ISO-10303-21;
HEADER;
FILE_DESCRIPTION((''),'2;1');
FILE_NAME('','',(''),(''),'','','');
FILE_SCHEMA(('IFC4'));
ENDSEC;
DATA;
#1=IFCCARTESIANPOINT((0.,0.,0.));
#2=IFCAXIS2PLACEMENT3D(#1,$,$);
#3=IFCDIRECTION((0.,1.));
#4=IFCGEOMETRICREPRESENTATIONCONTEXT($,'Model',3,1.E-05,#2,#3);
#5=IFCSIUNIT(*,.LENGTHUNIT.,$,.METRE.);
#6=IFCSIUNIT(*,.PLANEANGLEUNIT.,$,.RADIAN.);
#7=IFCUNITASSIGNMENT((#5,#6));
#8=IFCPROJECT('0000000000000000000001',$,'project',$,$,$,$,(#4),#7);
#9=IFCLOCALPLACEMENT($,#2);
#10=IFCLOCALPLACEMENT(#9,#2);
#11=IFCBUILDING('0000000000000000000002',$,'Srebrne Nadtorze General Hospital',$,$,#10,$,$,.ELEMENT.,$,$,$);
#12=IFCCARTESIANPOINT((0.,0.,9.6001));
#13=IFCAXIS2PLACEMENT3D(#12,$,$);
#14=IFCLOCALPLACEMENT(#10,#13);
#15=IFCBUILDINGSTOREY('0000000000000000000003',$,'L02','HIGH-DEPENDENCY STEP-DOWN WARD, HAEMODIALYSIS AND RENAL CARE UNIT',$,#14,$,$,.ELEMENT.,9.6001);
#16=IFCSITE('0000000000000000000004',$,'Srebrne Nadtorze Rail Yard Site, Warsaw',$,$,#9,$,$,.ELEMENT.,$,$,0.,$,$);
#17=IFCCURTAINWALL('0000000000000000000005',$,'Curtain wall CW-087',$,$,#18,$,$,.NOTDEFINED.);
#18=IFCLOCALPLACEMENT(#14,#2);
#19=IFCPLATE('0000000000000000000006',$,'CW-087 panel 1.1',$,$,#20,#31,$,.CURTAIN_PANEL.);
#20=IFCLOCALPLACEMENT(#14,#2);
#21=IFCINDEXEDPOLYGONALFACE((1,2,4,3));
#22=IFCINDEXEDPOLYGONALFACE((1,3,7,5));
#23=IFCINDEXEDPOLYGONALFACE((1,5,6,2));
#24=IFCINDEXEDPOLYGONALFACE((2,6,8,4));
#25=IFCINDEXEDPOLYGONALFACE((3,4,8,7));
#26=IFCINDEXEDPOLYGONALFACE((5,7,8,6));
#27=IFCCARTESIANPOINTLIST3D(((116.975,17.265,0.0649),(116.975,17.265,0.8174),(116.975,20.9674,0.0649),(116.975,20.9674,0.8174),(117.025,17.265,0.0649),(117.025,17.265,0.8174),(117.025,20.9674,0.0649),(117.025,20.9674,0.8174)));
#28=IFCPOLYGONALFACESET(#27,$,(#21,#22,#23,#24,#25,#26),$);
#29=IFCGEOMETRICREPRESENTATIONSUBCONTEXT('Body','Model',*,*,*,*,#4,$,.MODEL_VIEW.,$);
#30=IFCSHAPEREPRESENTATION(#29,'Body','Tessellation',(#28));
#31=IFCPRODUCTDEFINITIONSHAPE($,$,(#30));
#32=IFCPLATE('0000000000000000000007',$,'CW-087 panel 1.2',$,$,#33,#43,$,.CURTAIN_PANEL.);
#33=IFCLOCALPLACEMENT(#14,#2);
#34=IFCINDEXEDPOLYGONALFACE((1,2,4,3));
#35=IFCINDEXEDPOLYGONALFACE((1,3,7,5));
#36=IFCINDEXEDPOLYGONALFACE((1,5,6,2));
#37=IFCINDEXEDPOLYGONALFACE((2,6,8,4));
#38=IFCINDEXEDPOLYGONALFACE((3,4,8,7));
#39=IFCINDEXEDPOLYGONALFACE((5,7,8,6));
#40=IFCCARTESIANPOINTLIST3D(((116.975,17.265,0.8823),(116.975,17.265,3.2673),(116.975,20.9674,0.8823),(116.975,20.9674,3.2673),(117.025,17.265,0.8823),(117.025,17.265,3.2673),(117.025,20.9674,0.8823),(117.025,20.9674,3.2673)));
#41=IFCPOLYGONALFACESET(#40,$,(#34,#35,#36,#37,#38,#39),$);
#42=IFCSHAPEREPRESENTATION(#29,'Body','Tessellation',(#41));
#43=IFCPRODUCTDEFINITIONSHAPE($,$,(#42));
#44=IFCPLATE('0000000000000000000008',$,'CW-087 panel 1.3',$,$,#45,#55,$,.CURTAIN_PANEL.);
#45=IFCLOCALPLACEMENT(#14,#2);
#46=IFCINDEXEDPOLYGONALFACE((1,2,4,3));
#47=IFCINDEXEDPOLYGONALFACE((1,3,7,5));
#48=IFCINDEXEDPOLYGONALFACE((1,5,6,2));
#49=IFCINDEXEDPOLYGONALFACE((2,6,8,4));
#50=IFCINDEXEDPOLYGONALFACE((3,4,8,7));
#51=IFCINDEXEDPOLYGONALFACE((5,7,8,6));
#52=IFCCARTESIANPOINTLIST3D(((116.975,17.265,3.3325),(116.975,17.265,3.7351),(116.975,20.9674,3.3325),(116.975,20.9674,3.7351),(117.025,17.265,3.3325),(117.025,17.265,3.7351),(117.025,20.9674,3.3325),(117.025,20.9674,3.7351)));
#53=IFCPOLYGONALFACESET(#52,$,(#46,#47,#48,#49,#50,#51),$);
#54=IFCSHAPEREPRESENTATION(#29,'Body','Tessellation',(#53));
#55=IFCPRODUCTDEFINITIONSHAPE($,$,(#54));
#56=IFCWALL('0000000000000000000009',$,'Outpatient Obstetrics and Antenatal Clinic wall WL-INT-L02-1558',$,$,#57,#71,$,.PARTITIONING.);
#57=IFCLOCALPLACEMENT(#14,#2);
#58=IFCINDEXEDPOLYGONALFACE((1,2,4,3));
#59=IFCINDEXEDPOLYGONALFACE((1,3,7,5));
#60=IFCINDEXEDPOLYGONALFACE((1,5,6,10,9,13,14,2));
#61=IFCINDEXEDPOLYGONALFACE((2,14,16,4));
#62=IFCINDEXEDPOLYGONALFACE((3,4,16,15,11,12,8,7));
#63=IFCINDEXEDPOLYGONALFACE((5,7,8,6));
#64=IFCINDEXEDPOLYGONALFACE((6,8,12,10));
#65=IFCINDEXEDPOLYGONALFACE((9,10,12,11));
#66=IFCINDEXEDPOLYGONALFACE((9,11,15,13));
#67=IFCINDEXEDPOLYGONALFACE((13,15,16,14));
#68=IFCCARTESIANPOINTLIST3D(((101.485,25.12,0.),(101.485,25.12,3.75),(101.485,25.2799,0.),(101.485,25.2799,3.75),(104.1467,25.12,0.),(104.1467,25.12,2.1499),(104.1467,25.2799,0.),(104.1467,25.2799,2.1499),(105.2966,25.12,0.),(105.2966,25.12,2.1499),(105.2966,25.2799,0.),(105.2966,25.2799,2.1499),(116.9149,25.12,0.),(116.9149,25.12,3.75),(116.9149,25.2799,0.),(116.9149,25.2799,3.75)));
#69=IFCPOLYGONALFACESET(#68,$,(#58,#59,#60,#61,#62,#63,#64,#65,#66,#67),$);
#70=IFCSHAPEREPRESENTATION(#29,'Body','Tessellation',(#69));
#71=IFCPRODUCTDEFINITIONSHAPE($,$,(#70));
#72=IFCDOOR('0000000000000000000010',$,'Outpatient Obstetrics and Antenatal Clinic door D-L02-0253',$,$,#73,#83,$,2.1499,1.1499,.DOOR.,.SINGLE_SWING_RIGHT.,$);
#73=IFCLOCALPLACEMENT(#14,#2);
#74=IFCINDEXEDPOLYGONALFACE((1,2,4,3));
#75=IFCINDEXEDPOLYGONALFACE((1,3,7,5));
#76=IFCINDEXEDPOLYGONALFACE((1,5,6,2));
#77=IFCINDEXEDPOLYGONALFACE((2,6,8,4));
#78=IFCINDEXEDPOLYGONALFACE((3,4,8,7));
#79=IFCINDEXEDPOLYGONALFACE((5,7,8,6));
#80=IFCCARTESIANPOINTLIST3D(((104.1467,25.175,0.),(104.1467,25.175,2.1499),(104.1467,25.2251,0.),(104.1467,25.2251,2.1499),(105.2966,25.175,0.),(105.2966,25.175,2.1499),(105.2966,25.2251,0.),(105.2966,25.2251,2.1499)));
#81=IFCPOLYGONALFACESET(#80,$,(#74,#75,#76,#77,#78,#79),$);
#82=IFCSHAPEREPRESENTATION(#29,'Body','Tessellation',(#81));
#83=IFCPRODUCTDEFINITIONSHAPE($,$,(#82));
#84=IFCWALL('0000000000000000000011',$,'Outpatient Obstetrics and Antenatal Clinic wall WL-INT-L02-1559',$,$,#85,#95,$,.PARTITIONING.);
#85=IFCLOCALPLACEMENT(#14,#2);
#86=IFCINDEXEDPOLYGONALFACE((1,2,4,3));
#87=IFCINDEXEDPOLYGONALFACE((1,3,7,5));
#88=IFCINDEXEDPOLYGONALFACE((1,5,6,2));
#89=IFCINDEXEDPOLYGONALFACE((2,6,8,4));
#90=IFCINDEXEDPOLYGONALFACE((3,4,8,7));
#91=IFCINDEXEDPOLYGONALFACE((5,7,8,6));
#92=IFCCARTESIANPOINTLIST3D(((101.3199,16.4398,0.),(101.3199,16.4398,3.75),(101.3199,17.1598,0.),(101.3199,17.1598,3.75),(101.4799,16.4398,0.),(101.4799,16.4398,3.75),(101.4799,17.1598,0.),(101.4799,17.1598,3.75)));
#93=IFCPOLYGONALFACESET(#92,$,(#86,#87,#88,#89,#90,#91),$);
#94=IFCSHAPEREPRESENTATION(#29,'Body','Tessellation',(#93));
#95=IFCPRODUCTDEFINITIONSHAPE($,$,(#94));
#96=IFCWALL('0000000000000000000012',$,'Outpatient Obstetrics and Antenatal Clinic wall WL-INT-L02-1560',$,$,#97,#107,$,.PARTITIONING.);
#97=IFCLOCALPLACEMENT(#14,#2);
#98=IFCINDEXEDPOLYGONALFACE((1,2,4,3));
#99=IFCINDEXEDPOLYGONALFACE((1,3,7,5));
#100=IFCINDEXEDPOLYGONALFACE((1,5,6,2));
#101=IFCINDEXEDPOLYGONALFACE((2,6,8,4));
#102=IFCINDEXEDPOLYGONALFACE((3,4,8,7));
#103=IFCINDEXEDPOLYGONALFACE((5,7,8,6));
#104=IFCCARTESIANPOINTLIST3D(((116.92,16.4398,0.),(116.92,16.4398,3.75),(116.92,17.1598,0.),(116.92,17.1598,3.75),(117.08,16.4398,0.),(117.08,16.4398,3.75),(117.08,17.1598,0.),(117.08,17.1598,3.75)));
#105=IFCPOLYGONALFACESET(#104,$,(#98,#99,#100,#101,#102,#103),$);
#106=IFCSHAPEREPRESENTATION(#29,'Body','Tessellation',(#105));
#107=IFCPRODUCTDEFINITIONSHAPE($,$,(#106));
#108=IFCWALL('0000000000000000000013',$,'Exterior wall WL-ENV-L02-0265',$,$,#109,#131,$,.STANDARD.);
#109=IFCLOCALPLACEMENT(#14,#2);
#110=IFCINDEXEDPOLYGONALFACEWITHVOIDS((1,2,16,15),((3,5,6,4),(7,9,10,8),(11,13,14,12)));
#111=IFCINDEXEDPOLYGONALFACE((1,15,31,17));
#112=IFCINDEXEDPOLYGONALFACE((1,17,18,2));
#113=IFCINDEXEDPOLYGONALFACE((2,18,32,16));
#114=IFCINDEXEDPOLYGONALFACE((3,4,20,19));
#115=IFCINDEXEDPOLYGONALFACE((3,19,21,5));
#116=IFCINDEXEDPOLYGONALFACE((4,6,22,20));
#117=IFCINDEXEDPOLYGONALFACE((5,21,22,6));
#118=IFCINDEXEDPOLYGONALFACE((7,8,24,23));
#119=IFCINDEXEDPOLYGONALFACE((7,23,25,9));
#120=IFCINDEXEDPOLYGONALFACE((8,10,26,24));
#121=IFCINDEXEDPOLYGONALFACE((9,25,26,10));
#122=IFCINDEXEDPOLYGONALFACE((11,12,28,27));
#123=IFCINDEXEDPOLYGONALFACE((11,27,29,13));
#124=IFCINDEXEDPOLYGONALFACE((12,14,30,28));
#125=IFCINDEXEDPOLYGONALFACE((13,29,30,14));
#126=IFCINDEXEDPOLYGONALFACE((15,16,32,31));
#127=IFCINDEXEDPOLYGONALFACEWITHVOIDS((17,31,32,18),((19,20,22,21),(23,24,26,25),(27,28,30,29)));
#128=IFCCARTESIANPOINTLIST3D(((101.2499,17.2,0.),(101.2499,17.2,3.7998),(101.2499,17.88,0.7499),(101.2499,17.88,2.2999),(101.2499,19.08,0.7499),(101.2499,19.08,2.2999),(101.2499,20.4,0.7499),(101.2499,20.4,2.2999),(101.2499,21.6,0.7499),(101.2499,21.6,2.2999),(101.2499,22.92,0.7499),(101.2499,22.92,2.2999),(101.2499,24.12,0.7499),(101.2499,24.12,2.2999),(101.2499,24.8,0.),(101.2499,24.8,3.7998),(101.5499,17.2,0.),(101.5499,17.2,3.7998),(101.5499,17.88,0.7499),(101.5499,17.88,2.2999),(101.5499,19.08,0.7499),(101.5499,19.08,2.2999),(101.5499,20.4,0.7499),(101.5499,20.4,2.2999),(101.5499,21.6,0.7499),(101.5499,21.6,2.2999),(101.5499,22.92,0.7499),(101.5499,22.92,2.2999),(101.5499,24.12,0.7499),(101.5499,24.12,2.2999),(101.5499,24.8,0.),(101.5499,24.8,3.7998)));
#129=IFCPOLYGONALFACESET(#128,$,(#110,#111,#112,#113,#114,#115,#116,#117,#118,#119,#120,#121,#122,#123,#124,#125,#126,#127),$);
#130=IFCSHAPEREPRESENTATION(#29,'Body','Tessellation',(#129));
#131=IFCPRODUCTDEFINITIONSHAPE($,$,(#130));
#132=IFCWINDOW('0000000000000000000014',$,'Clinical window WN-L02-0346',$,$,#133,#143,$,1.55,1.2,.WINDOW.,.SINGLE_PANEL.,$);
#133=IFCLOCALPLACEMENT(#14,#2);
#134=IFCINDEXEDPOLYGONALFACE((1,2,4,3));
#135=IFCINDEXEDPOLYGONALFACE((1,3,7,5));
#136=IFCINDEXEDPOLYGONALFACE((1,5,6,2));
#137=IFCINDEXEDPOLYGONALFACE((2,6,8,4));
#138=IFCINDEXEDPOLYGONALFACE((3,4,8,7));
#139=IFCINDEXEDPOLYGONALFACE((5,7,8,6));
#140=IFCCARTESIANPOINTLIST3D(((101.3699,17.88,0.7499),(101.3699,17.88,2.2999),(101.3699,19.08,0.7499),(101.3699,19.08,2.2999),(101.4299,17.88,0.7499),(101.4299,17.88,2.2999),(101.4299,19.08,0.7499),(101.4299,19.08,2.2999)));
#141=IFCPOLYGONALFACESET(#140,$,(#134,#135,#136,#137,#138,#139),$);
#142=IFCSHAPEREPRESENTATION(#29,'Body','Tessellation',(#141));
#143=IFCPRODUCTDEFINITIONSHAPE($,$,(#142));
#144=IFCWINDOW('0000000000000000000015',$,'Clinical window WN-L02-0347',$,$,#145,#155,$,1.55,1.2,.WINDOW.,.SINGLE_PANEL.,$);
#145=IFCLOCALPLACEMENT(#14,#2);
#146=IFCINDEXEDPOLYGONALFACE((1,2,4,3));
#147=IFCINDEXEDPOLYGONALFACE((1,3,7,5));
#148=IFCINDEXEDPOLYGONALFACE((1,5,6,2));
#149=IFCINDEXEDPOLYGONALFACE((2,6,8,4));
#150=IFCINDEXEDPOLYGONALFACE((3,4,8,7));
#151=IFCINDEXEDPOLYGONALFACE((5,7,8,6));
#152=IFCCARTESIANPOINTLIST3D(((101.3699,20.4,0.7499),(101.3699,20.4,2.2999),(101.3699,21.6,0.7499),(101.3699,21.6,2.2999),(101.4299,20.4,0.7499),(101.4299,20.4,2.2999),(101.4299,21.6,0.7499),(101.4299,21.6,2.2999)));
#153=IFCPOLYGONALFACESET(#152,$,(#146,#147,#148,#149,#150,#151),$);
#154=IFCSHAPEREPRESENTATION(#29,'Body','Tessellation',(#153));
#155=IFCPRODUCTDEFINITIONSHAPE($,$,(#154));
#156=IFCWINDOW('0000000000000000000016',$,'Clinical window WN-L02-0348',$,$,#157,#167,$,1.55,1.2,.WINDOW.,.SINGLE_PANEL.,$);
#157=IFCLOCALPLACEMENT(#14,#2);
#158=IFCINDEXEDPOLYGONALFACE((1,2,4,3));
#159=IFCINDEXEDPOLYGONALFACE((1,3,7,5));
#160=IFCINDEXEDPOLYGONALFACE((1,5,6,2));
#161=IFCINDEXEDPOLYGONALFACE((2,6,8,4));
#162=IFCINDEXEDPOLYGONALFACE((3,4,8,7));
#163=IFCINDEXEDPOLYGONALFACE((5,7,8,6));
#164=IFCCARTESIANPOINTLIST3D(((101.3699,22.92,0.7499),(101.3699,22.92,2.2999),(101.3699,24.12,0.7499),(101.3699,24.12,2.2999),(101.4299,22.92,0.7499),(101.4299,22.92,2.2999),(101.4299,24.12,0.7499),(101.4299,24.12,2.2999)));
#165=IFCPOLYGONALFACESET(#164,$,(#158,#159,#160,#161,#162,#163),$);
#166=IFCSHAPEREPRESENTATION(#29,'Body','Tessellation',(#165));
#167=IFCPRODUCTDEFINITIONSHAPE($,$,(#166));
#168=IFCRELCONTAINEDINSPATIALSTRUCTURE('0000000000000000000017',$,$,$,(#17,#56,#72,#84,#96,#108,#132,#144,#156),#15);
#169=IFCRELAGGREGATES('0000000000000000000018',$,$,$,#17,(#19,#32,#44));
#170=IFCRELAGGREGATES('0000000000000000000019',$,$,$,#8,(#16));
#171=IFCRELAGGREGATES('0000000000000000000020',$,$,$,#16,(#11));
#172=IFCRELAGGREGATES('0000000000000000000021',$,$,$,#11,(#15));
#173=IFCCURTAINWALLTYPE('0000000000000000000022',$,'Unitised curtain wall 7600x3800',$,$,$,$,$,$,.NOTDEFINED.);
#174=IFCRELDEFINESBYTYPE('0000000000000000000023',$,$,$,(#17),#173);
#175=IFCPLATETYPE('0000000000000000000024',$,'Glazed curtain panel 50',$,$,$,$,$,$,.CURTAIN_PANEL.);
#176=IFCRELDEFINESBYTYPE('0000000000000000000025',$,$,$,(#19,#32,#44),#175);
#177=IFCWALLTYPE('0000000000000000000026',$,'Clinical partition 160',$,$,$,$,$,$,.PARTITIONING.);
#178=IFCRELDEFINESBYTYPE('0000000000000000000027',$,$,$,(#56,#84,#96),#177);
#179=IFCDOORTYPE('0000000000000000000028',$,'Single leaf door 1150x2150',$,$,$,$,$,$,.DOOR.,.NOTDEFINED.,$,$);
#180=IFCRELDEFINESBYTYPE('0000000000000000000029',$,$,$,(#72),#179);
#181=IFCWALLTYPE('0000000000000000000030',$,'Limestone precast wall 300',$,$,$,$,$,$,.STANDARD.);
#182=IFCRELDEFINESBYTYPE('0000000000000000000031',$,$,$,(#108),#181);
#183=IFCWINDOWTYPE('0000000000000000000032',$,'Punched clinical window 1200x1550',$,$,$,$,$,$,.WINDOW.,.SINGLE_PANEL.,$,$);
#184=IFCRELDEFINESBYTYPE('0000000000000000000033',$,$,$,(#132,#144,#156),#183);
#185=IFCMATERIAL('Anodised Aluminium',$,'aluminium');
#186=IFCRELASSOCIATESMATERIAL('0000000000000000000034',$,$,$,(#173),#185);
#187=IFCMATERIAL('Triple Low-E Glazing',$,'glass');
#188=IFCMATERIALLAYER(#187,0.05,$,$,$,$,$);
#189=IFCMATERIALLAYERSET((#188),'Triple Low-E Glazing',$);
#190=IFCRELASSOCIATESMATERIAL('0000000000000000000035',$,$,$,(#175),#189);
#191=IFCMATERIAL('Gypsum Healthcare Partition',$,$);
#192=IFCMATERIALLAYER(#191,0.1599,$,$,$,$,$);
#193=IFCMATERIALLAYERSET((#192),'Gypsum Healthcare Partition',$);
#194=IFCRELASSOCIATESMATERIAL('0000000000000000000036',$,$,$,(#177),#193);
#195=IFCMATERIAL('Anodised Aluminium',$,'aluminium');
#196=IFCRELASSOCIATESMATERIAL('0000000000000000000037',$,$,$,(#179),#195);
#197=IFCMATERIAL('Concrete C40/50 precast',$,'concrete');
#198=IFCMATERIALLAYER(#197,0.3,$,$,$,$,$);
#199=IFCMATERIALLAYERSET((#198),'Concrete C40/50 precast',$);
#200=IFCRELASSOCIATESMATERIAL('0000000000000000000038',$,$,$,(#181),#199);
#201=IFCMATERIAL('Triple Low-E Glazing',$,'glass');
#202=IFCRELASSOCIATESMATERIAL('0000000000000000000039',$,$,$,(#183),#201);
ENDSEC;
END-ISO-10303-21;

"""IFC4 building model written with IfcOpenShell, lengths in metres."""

from ifc_helpers import new_model, si_unit, direction, frame, frame_2d, origin, origin_2d, place, context, subcontext, project, spatial, rectangle, extrude, material, layer, layer_set, type_object, element, fill, aggregate, save


model = new_model("IFC4")

# Units and contexts
model_context = context("Model", 3, precision=1e-05, world=origin(), true_north=direction((0.0, 1.0)))
body_context = subcontext(model_context, "Body", "Model", "MODEL_VIEW")
ifc_project = project(units=[si_unit("LENGTHUNIT", "METRE"), si_unit("PLANEANGLEUNIT", "RADIAN")], contexts=[model_context])

# Site, building, storey
site_placement = place(None, origin())
site = spatial("IfcSite", under=ifc_project, at=site_placement, Name="Srebrne Nadtorze Rail Yard Site, Warsaw", CompositionType="ELEMENT", RefElevation=0.0)
building_placement = place(site_placement, origin())
building = spatial("IfcBuilding", under=site, at=building_placement, Name="Srebrne Nadtorze General Hospital", CompositionType="ELEMENT")
storey_placement = place(building_placement, frame((0.0, 0.0, 9.6001)))
storey = spatial("IfcBuildingStorey", under=building, at=storey_placement, Name="L02", Description="HIGH-DEPENDENCY STEP-DOWN WARD, HAEMODIALYSIS AND RENAL CARE UNIT", CompositionType="ELEMENT", Elevation=9.6001)

# Curtain wall
ifc_material_1 = material(Name="Anodised Aluminium", Category="aluminium")
curtain_wall_type = type_object("IfcCurtainWallType", Name="Unitised curtain wall 7600x3800", PredefinedType="NOTDEFINED", material=ifc_material_1)
curtain_wall_placement = place(storey_placement, origin())
curtain_wall = element("IfcCurtainWall", 1, at=curtain_wall_placement, inside=storey, type_object=curtain_wall_type, Name="Curtain wall CW-087", PredefinedType="NOTDEFINED")

# Plates
ifc_material_2 = material(Name="Triple Low-E Glazing", Category="glass")
ifc_layer_1 = layer(ifc_material_2, 0.05)
ifc_layer_set_1 = layer_set([ifc_layer_1], Name="Triple Low-E Glazing")
plate_type = type_object("IfcPlateType", Name="Glazed curtain panel 50", PredefinedType="CURTAIN_PANEL", material=ifc_layer_set_1)
plate_1_placement = place(storey_placement, frame((117.0, 19.1162, 0.0649), z_axis=(0.0, 0.0, 1.0), x_axis=(0.0, 1.0, 0.0)))
plate_1 = element("IfcPlate", 2, at=plate_1_placement, type_object=plate_type, Name="CW-087 panel 1.1", PredefinedType="CURTAIN_PANEL", context=body_context, shape_type="SweptSolid", body=[
    extrude(rectangle(XDim=3.7024, YDim=0.05, at=origin_2d()), origin(), (0.0, 0.0, 1.0), 0.7524),
])
plate_2_placement = place(storey_placement, frame((117.0, 19.1162, 0.8823), z_axis=(0.0, 0.0, 1.0), x_axis=(0.0, 1.0, 0.0)))
plate_2 = element("IfcPlate", 3, at=plate_2_placement, type_object=plate_type, Name="CW-087 panel 1.2", PredefinedType="CURTAIN_PANEL", context=body_context, shape_type="SweptSolid", body=[
    extrude(rectangle(XDim=3.7024, YDim=0.05, at=origin_2d()), origin(), (0.0, 0.0, 1.0), 2.385),
])
plate_3_placement = place(storey_placement, frame((117.0, 19.1162, 3.3325), z_axis=(0.0, 0.0, 1.0), x_axis=(0.0, 1.0, 0.0)))
plate_3 = element("IfcPlate", 4, at=plate_3_placement, type_object=plate_type, Name="CW-087 panel 1.3", PredefinedType="CURTAIN_PANEL", context=body_context, shape_type="SweptSolid", body=[
    extrude(rectangle(XDim=3.7024, YDim=0.05, at=origin_2d()), origin(), (0.0, 0.0, 1.0), 0.4026),
])
aggregate(curtain_wall, [plate_1, plate_2, plate_3])

# Wall, opening, door
ifc_material_3 = material(Name="Gypsum Healthcare Partition")
ifc_layer_2 = layer(ifc_material_3, 0.1599)
ifc_layer_set_2 = layer_set([ifc_layer_2], Name="Gypsum Healthcare Partition")
wall_type_1 = type_object("IfcWallType", Name="Clinical partition 160", PredefinedType="PARTITIONING", material=ifc_layer_set_2)
wall_1_placement = place(storey_placement, frame((101.4851, 25.2, 0.0), z_axis=(0.0, 0.0, 1.0), x_axis=(1.0, 0.0, 0.0)))
wall_1 = element("IfcWall", 5, at=wall_1_placement, inside=storey, type_object=wall_type_1, Name="Outpatient Obstetrics and Antenatal Clinic wall WL-INT-L02-1558", PredefinedType="PARTITIONING", context=body_context, shape_type="SweptSolid", body=[
    extrude(rectangle(XDim=15.4299, YDim=0.1599, at=frame_2d((7.7148, 0.0))), origin(), (0.0, 0.0, 1.0), 3.75),
])
opening_1_placement = place(wall_1_placement, frame((2.6616, 0.0, 0.0)))
opening_1 = element("IfcOpeningElement", 6, at=opening_1_placement, cuts=wall_1, PredefinedType="OPENING", context=body_context, shape_type="SweptSolid", body=[
    extrude(rectangle(XDim=1.1499, YDim=2.1499, at=frame_2d((0.575, 1.075))), frame((0.0, 0.0918, 0.0), z_axis=(0.0, -1.0, 0.0), x_axis=(1.0, 0.0, 0.0)), (0.0, 0.0, 1.0), 0.1838),
])
ifc_material_4 = material(Name="Anodised Aluminium", Category="aluminium")
door_type = type_object("IfcDoorType", Name="Single leaf door 1150x2150", OperationType="NOTDEFINED", PredefinedType="DOOR", material=ifc_material_4)
door_placement = place(opening_1_placement, frame((1.1499, 0.0, 0.0), z_axis=(0.0, 0.0, 1.0), x_axis=(-1.0, 0.0, 0.0)))
door = element("IfcDoor", 7, at=door_placement, inside=storey, type_object=door_type, Name="Outpatient Obstetrics and Antenatal Clinic door D-L02-0253", OperationType="SINGLE_SWING_RIGHT", OverallHeight=2.1499, OverallWidth=1.1499, PredefinedType="DOOR", context=body_context, shape_type="SweptSolid", body=[
    extrude(rectangle(XDim=1.1499, YDim=2.1499, at=frame_2d((0.575, 1.075))), frame((0.0, 0.0249, 0.0), z_axis=(0.0, -1.0, 0.0), x_axis=(1.0, 0.0, 0.0)), (0.0, 0.0, 1.0), 0.05),
])
fill(opening_1, door)

# Walls
for number, where, z_axis, x_axis, name in (
    (8, (101.3999, 16.4399, 0.0), (0.0, 0.0, 1.0), (0.0, 1.0, 0.0), "Outpatient Obstetrics and Antenatal Clinic wall WL-INT-L02-1559"),
    (9, (117.0, 16.4399, 0.0), (0.0, 0.0, 1.0), (0.0, 1.0, 0.0), "Outpatient Obstetrics and Antenatal Clinic wall WL-INT-L02-1560"),
):
    element("IfcWall", number, at=place(storey_placement, frame(where, z_axis=z_axis, x_axis=x_axis)), inside=storey, type_object=wall_type_1, Name=name, PredefinedType="PARTITIONING", context=body_context, shape_type="SweptSolid", body=[
        extrude(rectangle(XDim=0.72, YDim=0.1599, at=frame_2d((0.3599, 0.0))), origin(), (0.0, 0.0, 1.0), 3.75),
    ])

# Wall, openings, windows
ifc_material_5 = material(Name="Concrete C40/50 precast", Category="concrete")
ifc_layer_3 = layer(ifc_material_5, 0.3)
ifc_layer_set_3 = layer_set([ifc_layer_3], Name="Concrete C40/50 precast")
wall_type_2 = type_object("IfcWallType", Name="Limestone precast wall 300", PredefinedType="STANDARD", material=ifc_layer_set_3)
wall_2_placement = place(storey_placement, frame((101.3999, 17.2, 0.0), z_axis=(0.0, 0.0, 1.0), x_axis=(0.0, 1.0, 0.0)))
wall_2 = element("IfcWall", 10, at=wall_2_placement, inside=storey, type_object=wall_type_2, Name="Exterior wall WL-ENV-L02-0265", PredefinedType="STANDARD", context=body_context, shape_type="SweptSolid", body=[
    extrude(rectangle(XDim=7.6001, YDim=0.3, at=frame_2d((3.8, 0.0))), origin(), (0.0, 0.0, 1.0), 3.7998),
])
opening_2_placement = place(wall_2_placement, frame((0.6799, 0.0, 0.75)))
opening_2 = element("IfcOpeningElement", 11, at=opening_2_placement, cuts=wall_2, PredefinedType="OPENING", context=body_context, shape_type="SweptSolid", body=[
    extrude(rectangle(XDim=1.2, YDim=1.55, at=frame_2d((0.6001, 0.7749))), frame((0.0, 0.1621, 0.0), z_axis=(0.0, -1.0, 0.0), x_axis=(1.0, 0.0, 0.0)), (0.0, 0.0, 1.0), 0.324),
])
opening_3_placement = place(wall_2_placement, frame((3.2, 0.0, 0.75)))
opening_3 = element("IfcOpeningElement", 12, at=opening_3_placement, cuts=wall_2, PredefinedType="OPENING", context=body_context, shape_type="SweptSolid", body=[
    extrude(rectangle(XDim=1.2, YDim=1.55, at=frame_2d((0.6001, 0.7749))), frame((0.0, 0.1621, 0.0), z_axis=(0.0, -1.0, 0.0), x_axis=(1.0, 0.0, 0.0)), (0.0, 0.0, 1.0), 0.324),
])
opening_4_placement = place(wall_2_placement, frame((5.72, 0.0, 0.75)))
opening_4 = element("IfcOpeningElement", 13, at=opening_4_placement, cuts=wall_2, PredefinedType="OPENING", context=body_context, shape_type="SweptSolid", body=[
    extrude(rectangle(XDim=1.2, YDim=1.55, at=frame_2d((0.6001, 0.7749))), frame((0.0, 0.1621, 0.0), z_axis=(0.0, -1.0, 0.0), x_axis=(1.0, 0.0, 0.0)), (0.0, 0.0, 1.0), 0.324),
])
ifc_material_6 = material(Name="Triple Low-E Glazing", Category="glass")
window_type = type_object("IfcWindowType", Name="Punched clinical window 1200x1550", PartitioningType="SINGLE_PANEL", PredefinedType="WINDOW", material=ifc_material_6)
window_1_placement = place(opening_2_placement, origin())
window_1 = element("IfcWindow", 14, at=window_1_placement, inside=storey, type_object=window_type, Name="Clinical window WN-L02-0346", OverallHeight=1.55, OverallWidth=1.2, PartitioningType="SINGLE_PANEL", PredefinedType="WINDOW", context=body_context, shape_type="SweptSolid", body=[
    extrude(rectangle(XDim=1.2, YDim=1.55, at=frame_2d((0.6001, 0.7749))), frame((0.0, 0.03, 0.0), z_axis=(0.0, -1.0, 0.0), x_axis=(1.0, 0.0, 0.0)), (0.0, 0.0, 1.0), 0.0601),
])
fill(opening_2, window_1)
window_2_placement = place(opening_3_placement, origin())
window_2 = element("IfcWindow", 15, at=window_2_placement, inside=storey, type_object=window_type, Name="Clinical window WN-L02-0347", OverallHeight=1.55, OverallWidth=1.2, PartitioningType="SINGLE_PANEL", PredefinedType="WINDOW", context=body_context, shape_type="SweptSolid", body=[
    extrude(rectangle(XDim=1.2, YDim=1.55, at=frame_2d((0.6001, 0.7749))), frame((0.0, 0.03, 0.0), z_axis=(0.0, -1.0, 0.0), x_axis=(1.0, 0.0, 0.0)), (0.0, 0.0, 1.0), 0.0601),
])
fill(opening_3, window_2)
window_3_placement = place(opening_4_placement, origin())
window_3 = element("IfcWindow", 16, at=window_3_placement, inside=storey, type_object=window_type, Name="Clinical window WN-L02-0348", OverallHeight=1.55, OverallWidth=1.2, PartitioningType="SINGLE_PANEL", PredefinedType="WINDOW", context=body_context, shape_type="SweptSolid", body=[
    extrude(rectangle(XDim=1.2, YDim=1.55, at=frame_2d((0.6001, 0.7749))), frame((0.0, 0.03, 0.0), z_axis=(0.0, -1.0, 0.0), x_axis=(1.0, 0.0, 0.0)), (0.0, 0.0, 1.0), 0.0601),
])
fill(opening_4, window_3)

save(model, "model.ifc")
